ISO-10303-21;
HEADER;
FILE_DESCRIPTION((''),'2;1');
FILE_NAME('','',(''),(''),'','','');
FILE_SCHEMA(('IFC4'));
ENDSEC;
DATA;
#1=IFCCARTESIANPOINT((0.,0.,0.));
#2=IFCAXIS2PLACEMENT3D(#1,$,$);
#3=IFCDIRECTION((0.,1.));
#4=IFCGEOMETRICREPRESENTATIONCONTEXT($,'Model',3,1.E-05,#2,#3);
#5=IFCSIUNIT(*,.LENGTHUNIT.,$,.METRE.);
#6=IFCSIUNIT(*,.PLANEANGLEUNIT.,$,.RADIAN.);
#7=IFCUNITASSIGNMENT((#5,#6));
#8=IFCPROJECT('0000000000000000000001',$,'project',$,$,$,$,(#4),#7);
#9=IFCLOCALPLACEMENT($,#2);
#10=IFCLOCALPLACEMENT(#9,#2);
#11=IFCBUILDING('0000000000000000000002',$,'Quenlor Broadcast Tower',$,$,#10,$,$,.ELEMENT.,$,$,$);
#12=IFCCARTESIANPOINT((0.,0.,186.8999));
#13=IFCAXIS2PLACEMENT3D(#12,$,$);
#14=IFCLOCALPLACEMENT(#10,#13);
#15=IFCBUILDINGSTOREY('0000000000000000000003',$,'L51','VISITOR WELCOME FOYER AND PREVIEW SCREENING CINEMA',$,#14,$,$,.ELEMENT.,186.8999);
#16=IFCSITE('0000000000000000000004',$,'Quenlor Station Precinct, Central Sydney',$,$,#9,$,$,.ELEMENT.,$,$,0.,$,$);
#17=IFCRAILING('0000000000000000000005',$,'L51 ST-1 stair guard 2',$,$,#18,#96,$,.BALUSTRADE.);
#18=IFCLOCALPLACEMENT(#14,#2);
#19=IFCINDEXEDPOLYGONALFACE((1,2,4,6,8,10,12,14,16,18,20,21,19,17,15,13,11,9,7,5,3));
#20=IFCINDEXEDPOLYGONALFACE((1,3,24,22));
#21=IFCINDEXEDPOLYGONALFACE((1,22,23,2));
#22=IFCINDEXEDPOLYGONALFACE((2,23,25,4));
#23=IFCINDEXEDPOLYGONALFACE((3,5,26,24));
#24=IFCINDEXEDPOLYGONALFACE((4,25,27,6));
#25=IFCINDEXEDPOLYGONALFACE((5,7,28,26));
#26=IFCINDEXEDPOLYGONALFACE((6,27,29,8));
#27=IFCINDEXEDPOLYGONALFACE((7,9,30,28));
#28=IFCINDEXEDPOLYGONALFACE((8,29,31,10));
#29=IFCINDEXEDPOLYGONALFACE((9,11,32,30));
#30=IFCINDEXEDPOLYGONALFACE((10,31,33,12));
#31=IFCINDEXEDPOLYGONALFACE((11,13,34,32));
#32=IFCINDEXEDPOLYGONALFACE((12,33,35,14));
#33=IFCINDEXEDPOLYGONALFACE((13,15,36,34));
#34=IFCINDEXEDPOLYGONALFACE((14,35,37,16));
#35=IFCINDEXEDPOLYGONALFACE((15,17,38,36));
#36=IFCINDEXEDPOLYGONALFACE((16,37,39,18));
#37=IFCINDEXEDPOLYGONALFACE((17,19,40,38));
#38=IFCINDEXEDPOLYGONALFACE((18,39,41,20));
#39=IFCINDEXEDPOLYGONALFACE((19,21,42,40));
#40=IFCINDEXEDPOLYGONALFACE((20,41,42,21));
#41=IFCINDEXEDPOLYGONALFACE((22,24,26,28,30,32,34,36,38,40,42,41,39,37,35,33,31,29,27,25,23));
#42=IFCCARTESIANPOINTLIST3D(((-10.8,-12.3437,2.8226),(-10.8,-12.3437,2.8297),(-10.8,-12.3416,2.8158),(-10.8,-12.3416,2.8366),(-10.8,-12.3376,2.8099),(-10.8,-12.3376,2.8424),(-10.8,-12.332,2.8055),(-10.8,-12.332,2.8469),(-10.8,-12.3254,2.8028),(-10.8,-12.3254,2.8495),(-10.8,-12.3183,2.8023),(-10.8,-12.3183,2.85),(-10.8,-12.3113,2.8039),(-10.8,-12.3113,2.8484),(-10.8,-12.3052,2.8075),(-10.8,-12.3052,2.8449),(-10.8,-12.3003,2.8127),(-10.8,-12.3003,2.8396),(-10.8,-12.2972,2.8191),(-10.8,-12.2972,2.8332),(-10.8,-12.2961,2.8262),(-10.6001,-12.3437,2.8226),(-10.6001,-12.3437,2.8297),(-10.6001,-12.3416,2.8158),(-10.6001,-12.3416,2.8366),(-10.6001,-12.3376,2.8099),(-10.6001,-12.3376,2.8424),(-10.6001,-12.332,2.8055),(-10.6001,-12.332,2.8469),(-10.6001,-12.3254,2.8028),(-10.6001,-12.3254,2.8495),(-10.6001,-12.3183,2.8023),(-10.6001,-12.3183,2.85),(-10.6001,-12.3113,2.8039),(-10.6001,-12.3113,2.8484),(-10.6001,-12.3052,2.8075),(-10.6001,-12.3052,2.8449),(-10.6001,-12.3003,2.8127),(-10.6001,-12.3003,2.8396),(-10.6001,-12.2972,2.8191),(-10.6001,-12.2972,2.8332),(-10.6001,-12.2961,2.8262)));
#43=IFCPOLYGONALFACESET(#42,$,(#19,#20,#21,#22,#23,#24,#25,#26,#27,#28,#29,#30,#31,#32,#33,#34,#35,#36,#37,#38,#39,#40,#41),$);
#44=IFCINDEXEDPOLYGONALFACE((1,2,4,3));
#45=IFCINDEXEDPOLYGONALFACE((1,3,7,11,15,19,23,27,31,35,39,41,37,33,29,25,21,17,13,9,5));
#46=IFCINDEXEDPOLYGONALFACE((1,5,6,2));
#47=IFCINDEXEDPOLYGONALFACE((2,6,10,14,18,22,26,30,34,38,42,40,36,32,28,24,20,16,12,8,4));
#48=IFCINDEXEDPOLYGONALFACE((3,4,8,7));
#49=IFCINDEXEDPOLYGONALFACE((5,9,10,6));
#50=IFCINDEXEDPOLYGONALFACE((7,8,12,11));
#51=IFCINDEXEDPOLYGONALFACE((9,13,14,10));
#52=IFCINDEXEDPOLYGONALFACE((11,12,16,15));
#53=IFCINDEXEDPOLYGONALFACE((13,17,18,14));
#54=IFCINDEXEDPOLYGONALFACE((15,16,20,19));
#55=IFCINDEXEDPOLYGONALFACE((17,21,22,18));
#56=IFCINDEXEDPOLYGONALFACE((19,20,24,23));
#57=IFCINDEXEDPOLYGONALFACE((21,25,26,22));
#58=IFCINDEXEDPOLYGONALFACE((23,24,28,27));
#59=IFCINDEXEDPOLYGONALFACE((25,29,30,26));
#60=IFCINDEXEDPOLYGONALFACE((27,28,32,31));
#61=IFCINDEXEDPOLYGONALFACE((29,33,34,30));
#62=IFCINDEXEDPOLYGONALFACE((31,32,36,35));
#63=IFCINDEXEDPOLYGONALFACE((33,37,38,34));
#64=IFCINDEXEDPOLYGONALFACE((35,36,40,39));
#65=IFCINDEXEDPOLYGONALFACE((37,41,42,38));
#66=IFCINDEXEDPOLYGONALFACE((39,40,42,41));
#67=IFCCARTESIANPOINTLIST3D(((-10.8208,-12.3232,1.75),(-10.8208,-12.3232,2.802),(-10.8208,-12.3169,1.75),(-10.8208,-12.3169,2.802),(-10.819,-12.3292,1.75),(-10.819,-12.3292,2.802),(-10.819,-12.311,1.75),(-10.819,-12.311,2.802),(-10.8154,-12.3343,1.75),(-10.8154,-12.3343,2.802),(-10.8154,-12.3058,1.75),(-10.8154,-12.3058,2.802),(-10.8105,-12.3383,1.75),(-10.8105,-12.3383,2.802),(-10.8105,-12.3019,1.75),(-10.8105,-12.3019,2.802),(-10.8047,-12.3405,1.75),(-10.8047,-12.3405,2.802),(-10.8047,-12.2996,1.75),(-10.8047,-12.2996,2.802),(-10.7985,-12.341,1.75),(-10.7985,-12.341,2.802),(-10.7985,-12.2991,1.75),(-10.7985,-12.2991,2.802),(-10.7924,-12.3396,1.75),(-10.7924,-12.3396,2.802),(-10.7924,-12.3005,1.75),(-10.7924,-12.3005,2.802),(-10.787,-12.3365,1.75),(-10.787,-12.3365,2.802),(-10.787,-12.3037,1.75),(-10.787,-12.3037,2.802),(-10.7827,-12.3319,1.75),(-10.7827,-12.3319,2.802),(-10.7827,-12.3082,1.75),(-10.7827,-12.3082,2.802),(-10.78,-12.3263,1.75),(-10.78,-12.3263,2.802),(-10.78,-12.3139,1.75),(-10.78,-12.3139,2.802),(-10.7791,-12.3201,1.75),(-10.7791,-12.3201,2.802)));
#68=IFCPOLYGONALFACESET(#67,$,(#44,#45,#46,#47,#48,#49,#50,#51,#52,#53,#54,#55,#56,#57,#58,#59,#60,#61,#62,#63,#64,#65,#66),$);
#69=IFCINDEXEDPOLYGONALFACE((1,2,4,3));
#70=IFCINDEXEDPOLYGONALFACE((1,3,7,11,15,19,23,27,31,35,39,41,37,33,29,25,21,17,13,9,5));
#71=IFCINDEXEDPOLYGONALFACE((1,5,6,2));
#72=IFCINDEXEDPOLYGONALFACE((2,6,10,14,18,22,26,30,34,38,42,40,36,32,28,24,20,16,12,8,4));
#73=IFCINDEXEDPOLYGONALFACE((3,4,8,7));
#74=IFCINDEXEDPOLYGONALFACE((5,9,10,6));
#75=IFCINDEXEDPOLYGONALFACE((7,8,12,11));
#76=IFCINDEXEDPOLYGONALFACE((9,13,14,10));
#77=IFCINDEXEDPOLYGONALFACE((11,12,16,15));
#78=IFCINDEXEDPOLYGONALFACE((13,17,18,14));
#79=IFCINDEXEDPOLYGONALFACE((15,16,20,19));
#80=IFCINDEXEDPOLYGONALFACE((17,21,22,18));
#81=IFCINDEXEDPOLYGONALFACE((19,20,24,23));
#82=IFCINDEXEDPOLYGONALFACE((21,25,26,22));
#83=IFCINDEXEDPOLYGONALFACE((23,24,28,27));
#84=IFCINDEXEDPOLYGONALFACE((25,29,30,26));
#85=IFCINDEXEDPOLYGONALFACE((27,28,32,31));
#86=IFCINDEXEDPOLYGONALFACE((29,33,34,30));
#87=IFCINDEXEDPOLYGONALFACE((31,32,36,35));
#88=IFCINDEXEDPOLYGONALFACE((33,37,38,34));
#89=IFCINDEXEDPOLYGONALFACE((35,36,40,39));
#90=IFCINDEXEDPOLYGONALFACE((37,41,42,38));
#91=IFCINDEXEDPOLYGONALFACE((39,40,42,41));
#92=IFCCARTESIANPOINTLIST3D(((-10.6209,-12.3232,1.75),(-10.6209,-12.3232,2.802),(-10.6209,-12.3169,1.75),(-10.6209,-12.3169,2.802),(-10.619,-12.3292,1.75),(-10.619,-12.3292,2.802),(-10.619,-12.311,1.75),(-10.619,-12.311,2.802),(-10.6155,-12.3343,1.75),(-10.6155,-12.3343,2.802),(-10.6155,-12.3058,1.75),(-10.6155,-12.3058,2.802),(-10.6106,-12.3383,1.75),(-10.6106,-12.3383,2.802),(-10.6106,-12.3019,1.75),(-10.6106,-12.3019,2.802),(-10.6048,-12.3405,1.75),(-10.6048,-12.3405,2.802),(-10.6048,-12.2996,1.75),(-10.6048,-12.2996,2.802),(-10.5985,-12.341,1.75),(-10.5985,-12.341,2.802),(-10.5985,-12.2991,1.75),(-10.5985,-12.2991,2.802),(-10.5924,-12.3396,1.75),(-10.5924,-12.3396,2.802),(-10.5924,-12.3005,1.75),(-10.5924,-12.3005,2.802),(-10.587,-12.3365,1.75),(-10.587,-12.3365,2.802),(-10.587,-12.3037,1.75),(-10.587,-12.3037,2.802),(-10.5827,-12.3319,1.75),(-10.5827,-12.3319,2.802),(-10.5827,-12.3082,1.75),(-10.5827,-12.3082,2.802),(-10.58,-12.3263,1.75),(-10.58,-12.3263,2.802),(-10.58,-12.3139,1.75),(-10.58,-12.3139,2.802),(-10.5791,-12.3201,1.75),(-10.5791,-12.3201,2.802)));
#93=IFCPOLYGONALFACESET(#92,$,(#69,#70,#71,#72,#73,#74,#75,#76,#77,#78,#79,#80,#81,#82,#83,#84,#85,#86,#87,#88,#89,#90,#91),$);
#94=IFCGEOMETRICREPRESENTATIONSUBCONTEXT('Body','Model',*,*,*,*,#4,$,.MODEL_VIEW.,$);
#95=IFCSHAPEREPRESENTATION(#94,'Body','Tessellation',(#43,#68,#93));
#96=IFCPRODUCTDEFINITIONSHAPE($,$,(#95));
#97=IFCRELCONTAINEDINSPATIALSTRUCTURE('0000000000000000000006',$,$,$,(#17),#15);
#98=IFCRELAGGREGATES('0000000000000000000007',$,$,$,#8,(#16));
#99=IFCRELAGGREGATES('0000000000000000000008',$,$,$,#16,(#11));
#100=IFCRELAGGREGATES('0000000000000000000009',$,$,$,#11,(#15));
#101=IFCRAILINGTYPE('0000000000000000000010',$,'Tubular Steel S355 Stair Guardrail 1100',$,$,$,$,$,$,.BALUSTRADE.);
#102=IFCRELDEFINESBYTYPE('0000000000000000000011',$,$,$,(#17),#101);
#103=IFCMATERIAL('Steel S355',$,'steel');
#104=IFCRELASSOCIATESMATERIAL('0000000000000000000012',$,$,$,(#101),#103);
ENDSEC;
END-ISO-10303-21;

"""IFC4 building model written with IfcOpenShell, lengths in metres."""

from ifc_helpers import new_model, si_unit, direction, frame, origin, origin_2d, place, context, subcontext, project, spatial, circle, extrude, material, type_object, element, save


model = new_model("IFC4")

# Units and contexts
model_context = context("Model", 3, precision=1e-05, world=origin(), true_north=direction((0.0, 1.0)))
body_context = subcontext(model_context, "Body", "Model", "MODEL_VIEW")
ifc_project = project(units=[si_unit("LENGTHUNIT", "METRE"), si_unit("PLANEANGLEUNIT", "RADIAN")], contexts=[model_context])

# Site, building, storey
site_placement = place(None, origin())
site = spatial("IfcSite", under=ifc_project, at=site_placement, Name="Quenlor Station Precinct, Central Sydney", CompositionType="ELEMENT", RefElevation=0.0)
building_placement = place(site_placement, origin())
building = spatial("IfcBuilding", under=site, at=building_placement, Name="Quenlor Broadcast Tower", CompositionType="ELEMENT")
storey_placement = place(building_placement, frame((0.0, 0.0, 186.8999)))
storey = spatial("IfcBuildingStorey", under=building, at=storey_placement, Name="L51", Description="VISITOR WELCOME FOYER AND PREVIEW SCREENING CINEMA", CompositionType="ELEMENT", Elevation=186.8999)

# Railing
ifc_material_1 = material(Name="Steel S355", Category="steel")
railing_type_1 = type_object("IfcRailingType", Name="Tubular Steel S355 Stair Guardrail 1100", PredefinedType="BALUSTRADE", material=ifc_material_1)
railing_1_placement = place(storey_placement, frame((-10.8, -12.3201, 1.75)))
element("IfcRailing", 1, at=railing_1_placement, inside=storey, type_object=railing_type_1, Name="L51 ST-1 stair guard 2", PredefinedType="BALUSTRADE", context=body_context, shape_type="SweptSolid", body=[
    extrude(circle(Radius=0.0239, at=origin_2d()), frame((0.0, 0.0, 1.0762), z_axis=(1.0, 0.0, 0.0), x_axis=(0.0, 1.0, 0.0)), (0.0, 0.0, 1.0), 0.2),
    extrude(circle(Radius=0.021, at=origin_2d()), origin(), (0.0, 0.0, 1.0), 1.052),
    extrude(circle(Radius=0.021, at=origin_2d()), frame((0.2, 0.0, 0.0)), (0.0, 0.0, 1.0), 1.052),
])

save(model, "model.ifc")
